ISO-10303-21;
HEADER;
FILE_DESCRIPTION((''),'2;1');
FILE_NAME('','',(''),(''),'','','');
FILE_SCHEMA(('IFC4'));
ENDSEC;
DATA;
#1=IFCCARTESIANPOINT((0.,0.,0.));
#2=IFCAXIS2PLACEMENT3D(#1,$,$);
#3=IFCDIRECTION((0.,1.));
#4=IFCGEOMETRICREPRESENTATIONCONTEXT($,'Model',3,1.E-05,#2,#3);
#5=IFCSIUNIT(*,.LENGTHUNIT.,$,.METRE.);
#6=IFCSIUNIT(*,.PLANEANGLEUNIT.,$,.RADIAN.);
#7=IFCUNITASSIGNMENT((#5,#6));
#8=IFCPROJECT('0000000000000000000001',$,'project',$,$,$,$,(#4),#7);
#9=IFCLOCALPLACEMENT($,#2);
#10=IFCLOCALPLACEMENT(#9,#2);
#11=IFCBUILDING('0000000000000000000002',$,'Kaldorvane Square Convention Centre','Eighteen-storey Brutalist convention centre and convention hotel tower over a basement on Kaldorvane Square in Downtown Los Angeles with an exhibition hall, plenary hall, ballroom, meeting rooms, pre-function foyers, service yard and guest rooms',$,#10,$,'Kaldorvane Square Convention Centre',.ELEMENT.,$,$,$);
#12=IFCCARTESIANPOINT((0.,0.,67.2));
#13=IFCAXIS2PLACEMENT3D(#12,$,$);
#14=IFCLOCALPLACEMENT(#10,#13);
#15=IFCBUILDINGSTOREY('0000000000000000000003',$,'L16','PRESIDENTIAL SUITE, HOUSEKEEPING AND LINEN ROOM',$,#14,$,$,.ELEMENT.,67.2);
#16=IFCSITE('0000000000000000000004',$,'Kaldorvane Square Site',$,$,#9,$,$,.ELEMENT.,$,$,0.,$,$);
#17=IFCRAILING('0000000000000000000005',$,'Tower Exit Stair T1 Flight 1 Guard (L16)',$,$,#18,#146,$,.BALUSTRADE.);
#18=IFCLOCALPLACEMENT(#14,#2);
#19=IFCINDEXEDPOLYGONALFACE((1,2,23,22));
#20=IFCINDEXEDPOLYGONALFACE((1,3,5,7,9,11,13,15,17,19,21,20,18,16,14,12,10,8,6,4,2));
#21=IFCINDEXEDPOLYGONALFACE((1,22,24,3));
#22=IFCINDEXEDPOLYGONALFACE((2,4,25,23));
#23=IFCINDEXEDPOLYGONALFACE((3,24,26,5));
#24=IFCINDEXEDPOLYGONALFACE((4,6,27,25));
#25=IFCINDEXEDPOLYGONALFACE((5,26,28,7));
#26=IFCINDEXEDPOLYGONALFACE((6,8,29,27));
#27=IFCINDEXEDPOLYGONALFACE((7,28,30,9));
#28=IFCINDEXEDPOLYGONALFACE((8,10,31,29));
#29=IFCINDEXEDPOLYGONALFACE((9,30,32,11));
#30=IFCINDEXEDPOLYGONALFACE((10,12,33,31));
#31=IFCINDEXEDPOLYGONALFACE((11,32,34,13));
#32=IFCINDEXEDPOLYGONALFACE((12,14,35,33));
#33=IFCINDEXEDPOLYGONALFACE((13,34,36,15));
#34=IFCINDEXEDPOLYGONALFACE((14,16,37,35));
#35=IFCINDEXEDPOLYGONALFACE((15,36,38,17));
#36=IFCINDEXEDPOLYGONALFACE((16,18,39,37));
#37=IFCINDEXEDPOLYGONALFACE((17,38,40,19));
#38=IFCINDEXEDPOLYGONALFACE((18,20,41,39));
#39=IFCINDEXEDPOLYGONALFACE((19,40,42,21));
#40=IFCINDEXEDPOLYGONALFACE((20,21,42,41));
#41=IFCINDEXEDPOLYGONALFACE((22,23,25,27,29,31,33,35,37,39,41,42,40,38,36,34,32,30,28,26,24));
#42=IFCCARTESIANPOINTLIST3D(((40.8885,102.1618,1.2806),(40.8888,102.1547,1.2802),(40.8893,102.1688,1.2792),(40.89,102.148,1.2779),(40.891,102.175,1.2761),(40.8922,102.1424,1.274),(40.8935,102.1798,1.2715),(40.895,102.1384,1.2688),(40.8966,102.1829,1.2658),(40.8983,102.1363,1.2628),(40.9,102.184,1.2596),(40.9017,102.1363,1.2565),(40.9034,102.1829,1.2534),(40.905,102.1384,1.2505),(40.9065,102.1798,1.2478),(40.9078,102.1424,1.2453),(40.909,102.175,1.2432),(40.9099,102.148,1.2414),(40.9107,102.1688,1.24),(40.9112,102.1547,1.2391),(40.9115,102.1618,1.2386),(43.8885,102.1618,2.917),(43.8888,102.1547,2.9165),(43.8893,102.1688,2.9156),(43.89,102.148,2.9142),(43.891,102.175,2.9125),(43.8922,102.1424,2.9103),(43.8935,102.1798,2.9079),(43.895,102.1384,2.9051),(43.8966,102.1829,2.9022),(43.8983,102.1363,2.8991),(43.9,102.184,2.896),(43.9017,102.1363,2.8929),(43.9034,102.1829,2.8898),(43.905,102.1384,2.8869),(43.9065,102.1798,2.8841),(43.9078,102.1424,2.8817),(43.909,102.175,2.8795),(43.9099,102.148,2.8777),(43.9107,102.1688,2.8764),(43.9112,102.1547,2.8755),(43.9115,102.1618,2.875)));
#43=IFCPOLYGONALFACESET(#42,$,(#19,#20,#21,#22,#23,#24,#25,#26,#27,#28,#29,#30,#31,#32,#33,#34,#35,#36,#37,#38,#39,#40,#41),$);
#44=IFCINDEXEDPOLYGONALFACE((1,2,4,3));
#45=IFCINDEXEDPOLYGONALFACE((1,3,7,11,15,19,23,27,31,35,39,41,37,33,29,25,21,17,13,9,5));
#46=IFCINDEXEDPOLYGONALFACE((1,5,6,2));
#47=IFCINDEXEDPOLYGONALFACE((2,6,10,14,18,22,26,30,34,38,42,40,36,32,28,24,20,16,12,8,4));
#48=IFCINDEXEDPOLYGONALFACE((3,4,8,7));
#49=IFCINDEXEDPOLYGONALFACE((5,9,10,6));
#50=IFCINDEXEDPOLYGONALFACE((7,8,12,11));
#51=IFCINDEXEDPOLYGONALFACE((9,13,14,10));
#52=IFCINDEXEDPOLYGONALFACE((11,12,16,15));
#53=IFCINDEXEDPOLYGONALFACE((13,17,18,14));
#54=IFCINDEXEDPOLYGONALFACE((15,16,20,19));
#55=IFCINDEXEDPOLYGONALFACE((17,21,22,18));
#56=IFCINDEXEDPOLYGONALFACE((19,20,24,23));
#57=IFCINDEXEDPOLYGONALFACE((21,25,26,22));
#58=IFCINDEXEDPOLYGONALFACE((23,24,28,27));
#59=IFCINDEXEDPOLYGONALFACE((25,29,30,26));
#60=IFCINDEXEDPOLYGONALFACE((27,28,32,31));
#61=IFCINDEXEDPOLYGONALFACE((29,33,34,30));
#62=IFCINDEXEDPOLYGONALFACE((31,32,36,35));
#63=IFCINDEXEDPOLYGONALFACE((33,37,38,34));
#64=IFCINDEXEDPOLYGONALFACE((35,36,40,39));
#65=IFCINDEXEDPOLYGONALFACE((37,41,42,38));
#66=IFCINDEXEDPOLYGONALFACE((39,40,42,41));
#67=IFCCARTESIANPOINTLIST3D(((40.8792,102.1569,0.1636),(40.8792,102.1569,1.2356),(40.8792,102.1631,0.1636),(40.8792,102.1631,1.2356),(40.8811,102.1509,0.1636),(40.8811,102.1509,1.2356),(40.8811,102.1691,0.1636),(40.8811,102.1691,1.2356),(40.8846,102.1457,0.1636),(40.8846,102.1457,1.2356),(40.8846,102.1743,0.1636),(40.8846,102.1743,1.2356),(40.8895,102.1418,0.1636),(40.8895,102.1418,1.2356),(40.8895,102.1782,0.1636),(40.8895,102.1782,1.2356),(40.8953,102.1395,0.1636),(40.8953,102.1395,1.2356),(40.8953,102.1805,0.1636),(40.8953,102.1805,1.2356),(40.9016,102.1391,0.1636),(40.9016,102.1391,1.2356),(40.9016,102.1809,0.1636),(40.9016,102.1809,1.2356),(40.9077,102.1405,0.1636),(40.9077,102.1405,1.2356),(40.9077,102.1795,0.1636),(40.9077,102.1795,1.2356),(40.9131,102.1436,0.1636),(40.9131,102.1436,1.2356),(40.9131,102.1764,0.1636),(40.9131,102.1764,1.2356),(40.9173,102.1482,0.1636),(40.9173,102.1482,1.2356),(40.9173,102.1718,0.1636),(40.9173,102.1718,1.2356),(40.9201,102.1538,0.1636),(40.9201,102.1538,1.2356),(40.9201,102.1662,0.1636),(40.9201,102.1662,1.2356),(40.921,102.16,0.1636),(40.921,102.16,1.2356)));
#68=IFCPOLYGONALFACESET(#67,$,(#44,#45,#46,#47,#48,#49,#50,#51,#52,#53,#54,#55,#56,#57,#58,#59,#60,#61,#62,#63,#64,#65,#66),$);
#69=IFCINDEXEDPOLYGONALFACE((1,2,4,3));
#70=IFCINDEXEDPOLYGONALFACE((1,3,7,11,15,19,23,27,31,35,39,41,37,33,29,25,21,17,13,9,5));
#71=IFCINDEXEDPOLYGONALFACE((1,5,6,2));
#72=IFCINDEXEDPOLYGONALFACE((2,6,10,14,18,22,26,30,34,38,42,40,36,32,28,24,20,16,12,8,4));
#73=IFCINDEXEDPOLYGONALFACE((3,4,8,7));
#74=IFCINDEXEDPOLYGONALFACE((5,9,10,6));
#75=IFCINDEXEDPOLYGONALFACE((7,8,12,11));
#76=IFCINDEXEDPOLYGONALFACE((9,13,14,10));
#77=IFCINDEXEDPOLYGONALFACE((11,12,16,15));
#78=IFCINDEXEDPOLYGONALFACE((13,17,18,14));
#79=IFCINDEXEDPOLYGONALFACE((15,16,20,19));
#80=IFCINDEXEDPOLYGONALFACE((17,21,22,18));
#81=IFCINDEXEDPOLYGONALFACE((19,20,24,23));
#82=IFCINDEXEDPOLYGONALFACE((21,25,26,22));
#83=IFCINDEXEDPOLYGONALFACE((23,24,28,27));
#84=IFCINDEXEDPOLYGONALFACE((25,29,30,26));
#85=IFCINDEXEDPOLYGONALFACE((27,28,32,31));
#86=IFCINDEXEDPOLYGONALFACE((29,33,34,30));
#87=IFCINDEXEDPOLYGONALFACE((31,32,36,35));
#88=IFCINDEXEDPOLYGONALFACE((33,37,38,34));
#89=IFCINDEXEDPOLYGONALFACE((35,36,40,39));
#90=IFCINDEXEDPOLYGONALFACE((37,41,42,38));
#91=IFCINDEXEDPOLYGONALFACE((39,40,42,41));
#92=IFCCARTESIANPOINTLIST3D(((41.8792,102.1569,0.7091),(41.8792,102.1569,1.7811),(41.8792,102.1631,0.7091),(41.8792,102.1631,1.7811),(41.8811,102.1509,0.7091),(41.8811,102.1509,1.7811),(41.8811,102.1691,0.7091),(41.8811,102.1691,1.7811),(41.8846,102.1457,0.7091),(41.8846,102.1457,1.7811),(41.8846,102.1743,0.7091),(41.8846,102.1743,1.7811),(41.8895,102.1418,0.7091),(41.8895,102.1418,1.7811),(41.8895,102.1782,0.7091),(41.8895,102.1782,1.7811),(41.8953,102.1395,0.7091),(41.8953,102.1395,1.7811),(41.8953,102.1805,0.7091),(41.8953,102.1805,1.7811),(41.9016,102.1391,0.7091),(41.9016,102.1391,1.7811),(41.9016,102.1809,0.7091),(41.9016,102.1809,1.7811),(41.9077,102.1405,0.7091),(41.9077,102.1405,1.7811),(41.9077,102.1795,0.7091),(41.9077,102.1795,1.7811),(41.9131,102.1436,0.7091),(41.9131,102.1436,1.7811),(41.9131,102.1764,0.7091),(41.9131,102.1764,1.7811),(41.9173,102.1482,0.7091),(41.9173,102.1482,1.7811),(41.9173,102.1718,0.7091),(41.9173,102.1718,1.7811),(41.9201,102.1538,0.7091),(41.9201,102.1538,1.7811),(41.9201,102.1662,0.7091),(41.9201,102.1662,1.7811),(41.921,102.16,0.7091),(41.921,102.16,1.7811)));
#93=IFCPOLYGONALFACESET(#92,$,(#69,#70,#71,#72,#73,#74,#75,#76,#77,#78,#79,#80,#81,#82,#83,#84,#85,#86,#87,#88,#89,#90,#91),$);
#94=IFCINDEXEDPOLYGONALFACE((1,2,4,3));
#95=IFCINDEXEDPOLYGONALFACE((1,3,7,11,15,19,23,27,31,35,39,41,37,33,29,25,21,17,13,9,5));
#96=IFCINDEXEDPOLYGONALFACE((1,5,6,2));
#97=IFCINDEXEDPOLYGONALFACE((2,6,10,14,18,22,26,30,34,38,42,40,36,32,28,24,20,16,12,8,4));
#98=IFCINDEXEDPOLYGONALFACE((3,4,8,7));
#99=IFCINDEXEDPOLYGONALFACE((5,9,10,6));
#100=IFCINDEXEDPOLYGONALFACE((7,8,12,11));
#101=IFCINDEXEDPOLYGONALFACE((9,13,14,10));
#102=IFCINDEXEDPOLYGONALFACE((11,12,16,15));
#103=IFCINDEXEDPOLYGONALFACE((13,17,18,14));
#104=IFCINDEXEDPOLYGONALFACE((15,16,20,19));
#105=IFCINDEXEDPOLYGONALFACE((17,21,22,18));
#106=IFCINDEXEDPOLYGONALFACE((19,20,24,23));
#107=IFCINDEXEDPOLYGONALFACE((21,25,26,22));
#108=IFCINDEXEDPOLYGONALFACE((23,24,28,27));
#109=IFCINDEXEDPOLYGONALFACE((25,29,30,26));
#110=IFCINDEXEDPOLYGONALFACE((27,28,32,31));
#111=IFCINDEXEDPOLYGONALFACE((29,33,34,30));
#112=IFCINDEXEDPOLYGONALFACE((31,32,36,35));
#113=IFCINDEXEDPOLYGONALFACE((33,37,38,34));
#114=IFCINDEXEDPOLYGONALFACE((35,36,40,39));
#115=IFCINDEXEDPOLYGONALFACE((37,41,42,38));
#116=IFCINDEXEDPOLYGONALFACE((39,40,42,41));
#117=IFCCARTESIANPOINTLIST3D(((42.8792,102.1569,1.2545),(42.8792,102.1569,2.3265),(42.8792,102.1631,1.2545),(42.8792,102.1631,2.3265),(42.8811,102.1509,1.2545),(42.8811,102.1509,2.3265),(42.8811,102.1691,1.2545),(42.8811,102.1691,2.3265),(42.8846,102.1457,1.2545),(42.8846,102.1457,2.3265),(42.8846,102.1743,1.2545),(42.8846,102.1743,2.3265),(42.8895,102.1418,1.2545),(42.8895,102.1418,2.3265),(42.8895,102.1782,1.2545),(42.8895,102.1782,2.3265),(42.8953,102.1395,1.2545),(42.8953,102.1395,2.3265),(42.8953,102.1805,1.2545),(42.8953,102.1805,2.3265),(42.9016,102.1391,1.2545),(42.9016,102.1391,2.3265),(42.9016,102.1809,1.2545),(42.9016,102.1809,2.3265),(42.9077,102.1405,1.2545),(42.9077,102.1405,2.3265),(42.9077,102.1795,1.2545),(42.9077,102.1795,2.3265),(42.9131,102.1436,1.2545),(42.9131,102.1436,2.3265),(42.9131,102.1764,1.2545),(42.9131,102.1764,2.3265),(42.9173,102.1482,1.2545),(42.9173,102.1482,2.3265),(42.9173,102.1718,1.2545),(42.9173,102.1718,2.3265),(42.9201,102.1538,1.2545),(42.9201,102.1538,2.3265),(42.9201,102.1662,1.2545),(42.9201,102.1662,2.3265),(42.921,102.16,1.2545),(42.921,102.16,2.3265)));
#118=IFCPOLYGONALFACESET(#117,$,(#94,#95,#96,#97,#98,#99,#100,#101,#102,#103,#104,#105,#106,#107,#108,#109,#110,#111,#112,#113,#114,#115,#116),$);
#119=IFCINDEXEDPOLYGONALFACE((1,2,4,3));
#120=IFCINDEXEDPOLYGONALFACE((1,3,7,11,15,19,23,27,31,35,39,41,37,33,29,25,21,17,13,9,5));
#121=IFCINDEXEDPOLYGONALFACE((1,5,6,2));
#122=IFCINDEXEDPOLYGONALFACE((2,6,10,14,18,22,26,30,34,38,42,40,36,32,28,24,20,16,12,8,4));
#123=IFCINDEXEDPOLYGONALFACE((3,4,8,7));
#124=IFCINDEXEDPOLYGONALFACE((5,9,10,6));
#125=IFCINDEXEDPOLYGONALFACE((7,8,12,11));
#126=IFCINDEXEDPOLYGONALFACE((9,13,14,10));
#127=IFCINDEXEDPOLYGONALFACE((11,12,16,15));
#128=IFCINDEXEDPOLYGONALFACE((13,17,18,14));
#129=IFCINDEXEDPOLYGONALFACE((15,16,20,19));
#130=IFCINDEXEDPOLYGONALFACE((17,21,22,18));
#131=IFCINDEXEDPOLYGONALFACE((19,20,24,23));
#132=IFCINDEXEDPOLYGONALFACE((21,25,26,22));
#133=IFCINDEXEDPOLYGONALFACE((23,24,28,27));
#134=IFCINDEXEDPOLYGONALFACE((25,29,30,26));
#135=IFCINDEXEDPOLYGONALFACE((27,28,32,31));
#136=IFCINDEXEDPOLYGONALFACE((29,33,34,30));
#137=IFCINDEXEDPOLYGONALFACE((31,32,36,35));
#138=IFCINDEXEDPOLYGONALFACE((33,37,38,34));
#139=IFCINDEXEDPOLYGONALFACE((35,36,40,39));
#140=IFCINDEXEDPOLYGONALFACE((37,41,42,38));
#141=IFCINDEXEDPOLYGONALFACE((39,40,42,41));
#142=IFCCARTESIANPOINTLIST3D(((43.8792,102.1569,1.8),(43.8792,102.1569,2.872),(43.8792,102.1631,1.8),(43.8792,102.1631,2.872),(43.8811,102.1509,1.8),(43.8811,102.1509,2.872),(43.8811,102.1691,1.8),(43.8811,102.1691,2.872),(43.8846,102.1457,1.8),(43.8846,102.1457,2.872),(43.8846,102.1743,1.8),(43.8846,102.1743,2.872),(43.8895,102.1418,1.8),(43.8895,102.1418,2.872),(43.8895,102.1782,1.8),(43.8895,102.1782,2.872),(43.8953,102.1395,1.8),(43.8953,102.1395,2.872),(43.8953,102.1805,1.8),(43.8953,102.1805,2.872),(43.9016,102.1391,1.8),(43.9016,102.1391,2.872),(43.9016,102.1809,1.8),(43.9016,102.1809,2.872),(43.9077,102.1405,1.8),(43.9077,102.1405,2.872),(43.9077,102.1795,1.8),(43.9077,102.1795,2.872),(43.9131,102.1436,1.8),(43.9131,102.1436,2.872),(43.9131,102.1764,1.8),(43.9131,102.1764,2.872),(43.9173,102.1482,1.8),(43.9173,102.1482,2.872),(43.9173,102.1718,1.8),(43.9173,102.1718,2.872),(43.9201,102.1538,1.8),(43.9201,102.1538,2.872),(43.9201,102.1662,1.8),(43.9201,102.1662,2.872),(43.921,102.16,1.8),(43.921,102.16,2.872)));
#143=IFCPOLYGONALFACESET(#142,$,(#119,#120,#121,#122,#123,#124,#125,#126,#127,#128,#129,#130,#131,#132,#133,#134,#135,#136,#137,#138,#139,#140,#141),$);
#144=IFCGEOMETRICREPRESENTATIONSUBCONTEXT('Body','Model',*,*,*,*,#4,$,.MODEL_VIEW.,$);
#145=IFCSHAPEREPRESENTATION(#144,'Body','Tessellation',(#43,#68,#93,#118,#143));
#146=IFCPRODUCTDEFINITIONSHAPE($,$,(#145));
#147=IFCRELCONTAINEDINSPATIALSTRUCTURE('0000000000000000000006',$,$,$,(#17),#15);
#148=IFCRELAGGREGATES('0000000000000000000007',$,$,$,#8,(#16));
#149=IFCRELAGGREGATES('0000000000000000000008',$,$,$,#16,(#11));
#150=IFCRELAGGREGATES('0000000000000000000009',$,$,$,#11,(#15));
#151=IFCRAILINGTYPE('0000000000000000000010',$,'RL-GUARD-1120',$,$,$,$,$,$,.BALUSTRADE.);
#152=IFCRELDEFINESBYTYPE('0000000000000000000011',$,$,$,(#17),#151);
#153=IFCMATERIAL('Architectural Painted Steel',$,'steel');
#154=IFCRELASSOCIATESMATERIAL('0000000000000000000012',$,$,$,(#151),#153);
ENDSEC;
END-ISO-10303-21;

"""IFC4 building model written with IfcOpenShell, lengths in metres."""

from ifc_helpers import new_model, si_unit, direction, frame, origin, origin_2d, place, context, subcontext, project, spatial, circle, extrude, material, type_object, element, save


model = new_model("IFC4")

# Units and contexts
model_context = context("Model", 3, precision=1e-05, world=origin(), true_north=direction((0.0, 1.0)))
body_context = subcontext(model_context, "Body", "Model", "MODEL_VIEW")
ifc_project = project(units=[si_unit("LENGTHUNIT", "METRE"), si_unit("PLANEANGLEUNIT", "RADIAN")], contexts=[model_context])

# Site, building, storey
site_placement = place(None, origin())
site = spatial("IfcSite", under=ifc_project, at=site_placement, Name="Kaldorvane Square Site", CompositionType="ELEMENT", RefElevation=0.0)
building_placement = place(site_placement, origin())
building = spatial("IfcBuilding", under=site, at=building_placement, Name="Kaldorvane Square Convention Centre", Description="Eighteen-storey Brutalist convention centre and convention hotel tower over a basement on Kaldorvane Square in Downtown Los Angeles with an exhibition hall, plenary hall, ballroom, meeting rooms, pre-function foyers, service yard and guest rooms", LongName="Kaldorvane Square Convention Centre", CompositionType="ELEMENT")
storey_placement = place(building_placement, frame((0.0, 0.0, 67.2)))
storey = spatial("IfcBuildingStorey", under=building, at=storey_placement, Name="L16", Description="PRESIDENTIAL SUITE, HOUSEKEEPING AND LINEN ROOM", CompositionType="ELEMENT", Elevation=67.2)

# Railing
ifc_material_1 = material(Name="Architectural Painted Steel", Category="steel")
railing_type = type_object("IfcRailingType", Name="RL-GUARD-1120", PredefinedType="BALUSTRADE", material=ifc_material_1)
railing_1_placement = place(storey_placement, frame((40.9, 102.16, 0.1636)))
element("IfcRailing", 1, at=railing_1_placement, inside=storey, type_object=railing_type, Name="Tower Exit Stair T1 Flight 1 Guard (L16)", PredefinedType="BALUSTRADE", context=body_context, shape_type="SweptSolid", body=[
    extrude(circle(Radius=0.024, at=origin_2d()), frame((0.0, 0.0, 1.096), z_axis=(0.877895, 0.0, 0.478853), x_axis=(0.0, 1.0, 0.0)), (0.0, 0.0, 1.0), 3.4173),
    extrude(circle(Radius=0.021, at=origin_2d()), origin(), (0.0, 0.0, 1.0), 1.072),
    extrude(circle(Radius=0.021, at=origin_2d()), frame((1.0, 0.0, 0.5455)), (0.0, 0.0, 1.0), 1.072),
    extrude(circle(Radius=0.021, at=origin_2d()), frame((2.0, 0.0, 1.0909)), (0.0, 0.0, 1.0), 1.072),
    extrude(circle(Radius=0.021, at=origin_2d()), frame((3.0, 0.0, 1.6364)), (0.0, 0.0, 1.0), 1.072),
])

save(model, "model.ifc")
